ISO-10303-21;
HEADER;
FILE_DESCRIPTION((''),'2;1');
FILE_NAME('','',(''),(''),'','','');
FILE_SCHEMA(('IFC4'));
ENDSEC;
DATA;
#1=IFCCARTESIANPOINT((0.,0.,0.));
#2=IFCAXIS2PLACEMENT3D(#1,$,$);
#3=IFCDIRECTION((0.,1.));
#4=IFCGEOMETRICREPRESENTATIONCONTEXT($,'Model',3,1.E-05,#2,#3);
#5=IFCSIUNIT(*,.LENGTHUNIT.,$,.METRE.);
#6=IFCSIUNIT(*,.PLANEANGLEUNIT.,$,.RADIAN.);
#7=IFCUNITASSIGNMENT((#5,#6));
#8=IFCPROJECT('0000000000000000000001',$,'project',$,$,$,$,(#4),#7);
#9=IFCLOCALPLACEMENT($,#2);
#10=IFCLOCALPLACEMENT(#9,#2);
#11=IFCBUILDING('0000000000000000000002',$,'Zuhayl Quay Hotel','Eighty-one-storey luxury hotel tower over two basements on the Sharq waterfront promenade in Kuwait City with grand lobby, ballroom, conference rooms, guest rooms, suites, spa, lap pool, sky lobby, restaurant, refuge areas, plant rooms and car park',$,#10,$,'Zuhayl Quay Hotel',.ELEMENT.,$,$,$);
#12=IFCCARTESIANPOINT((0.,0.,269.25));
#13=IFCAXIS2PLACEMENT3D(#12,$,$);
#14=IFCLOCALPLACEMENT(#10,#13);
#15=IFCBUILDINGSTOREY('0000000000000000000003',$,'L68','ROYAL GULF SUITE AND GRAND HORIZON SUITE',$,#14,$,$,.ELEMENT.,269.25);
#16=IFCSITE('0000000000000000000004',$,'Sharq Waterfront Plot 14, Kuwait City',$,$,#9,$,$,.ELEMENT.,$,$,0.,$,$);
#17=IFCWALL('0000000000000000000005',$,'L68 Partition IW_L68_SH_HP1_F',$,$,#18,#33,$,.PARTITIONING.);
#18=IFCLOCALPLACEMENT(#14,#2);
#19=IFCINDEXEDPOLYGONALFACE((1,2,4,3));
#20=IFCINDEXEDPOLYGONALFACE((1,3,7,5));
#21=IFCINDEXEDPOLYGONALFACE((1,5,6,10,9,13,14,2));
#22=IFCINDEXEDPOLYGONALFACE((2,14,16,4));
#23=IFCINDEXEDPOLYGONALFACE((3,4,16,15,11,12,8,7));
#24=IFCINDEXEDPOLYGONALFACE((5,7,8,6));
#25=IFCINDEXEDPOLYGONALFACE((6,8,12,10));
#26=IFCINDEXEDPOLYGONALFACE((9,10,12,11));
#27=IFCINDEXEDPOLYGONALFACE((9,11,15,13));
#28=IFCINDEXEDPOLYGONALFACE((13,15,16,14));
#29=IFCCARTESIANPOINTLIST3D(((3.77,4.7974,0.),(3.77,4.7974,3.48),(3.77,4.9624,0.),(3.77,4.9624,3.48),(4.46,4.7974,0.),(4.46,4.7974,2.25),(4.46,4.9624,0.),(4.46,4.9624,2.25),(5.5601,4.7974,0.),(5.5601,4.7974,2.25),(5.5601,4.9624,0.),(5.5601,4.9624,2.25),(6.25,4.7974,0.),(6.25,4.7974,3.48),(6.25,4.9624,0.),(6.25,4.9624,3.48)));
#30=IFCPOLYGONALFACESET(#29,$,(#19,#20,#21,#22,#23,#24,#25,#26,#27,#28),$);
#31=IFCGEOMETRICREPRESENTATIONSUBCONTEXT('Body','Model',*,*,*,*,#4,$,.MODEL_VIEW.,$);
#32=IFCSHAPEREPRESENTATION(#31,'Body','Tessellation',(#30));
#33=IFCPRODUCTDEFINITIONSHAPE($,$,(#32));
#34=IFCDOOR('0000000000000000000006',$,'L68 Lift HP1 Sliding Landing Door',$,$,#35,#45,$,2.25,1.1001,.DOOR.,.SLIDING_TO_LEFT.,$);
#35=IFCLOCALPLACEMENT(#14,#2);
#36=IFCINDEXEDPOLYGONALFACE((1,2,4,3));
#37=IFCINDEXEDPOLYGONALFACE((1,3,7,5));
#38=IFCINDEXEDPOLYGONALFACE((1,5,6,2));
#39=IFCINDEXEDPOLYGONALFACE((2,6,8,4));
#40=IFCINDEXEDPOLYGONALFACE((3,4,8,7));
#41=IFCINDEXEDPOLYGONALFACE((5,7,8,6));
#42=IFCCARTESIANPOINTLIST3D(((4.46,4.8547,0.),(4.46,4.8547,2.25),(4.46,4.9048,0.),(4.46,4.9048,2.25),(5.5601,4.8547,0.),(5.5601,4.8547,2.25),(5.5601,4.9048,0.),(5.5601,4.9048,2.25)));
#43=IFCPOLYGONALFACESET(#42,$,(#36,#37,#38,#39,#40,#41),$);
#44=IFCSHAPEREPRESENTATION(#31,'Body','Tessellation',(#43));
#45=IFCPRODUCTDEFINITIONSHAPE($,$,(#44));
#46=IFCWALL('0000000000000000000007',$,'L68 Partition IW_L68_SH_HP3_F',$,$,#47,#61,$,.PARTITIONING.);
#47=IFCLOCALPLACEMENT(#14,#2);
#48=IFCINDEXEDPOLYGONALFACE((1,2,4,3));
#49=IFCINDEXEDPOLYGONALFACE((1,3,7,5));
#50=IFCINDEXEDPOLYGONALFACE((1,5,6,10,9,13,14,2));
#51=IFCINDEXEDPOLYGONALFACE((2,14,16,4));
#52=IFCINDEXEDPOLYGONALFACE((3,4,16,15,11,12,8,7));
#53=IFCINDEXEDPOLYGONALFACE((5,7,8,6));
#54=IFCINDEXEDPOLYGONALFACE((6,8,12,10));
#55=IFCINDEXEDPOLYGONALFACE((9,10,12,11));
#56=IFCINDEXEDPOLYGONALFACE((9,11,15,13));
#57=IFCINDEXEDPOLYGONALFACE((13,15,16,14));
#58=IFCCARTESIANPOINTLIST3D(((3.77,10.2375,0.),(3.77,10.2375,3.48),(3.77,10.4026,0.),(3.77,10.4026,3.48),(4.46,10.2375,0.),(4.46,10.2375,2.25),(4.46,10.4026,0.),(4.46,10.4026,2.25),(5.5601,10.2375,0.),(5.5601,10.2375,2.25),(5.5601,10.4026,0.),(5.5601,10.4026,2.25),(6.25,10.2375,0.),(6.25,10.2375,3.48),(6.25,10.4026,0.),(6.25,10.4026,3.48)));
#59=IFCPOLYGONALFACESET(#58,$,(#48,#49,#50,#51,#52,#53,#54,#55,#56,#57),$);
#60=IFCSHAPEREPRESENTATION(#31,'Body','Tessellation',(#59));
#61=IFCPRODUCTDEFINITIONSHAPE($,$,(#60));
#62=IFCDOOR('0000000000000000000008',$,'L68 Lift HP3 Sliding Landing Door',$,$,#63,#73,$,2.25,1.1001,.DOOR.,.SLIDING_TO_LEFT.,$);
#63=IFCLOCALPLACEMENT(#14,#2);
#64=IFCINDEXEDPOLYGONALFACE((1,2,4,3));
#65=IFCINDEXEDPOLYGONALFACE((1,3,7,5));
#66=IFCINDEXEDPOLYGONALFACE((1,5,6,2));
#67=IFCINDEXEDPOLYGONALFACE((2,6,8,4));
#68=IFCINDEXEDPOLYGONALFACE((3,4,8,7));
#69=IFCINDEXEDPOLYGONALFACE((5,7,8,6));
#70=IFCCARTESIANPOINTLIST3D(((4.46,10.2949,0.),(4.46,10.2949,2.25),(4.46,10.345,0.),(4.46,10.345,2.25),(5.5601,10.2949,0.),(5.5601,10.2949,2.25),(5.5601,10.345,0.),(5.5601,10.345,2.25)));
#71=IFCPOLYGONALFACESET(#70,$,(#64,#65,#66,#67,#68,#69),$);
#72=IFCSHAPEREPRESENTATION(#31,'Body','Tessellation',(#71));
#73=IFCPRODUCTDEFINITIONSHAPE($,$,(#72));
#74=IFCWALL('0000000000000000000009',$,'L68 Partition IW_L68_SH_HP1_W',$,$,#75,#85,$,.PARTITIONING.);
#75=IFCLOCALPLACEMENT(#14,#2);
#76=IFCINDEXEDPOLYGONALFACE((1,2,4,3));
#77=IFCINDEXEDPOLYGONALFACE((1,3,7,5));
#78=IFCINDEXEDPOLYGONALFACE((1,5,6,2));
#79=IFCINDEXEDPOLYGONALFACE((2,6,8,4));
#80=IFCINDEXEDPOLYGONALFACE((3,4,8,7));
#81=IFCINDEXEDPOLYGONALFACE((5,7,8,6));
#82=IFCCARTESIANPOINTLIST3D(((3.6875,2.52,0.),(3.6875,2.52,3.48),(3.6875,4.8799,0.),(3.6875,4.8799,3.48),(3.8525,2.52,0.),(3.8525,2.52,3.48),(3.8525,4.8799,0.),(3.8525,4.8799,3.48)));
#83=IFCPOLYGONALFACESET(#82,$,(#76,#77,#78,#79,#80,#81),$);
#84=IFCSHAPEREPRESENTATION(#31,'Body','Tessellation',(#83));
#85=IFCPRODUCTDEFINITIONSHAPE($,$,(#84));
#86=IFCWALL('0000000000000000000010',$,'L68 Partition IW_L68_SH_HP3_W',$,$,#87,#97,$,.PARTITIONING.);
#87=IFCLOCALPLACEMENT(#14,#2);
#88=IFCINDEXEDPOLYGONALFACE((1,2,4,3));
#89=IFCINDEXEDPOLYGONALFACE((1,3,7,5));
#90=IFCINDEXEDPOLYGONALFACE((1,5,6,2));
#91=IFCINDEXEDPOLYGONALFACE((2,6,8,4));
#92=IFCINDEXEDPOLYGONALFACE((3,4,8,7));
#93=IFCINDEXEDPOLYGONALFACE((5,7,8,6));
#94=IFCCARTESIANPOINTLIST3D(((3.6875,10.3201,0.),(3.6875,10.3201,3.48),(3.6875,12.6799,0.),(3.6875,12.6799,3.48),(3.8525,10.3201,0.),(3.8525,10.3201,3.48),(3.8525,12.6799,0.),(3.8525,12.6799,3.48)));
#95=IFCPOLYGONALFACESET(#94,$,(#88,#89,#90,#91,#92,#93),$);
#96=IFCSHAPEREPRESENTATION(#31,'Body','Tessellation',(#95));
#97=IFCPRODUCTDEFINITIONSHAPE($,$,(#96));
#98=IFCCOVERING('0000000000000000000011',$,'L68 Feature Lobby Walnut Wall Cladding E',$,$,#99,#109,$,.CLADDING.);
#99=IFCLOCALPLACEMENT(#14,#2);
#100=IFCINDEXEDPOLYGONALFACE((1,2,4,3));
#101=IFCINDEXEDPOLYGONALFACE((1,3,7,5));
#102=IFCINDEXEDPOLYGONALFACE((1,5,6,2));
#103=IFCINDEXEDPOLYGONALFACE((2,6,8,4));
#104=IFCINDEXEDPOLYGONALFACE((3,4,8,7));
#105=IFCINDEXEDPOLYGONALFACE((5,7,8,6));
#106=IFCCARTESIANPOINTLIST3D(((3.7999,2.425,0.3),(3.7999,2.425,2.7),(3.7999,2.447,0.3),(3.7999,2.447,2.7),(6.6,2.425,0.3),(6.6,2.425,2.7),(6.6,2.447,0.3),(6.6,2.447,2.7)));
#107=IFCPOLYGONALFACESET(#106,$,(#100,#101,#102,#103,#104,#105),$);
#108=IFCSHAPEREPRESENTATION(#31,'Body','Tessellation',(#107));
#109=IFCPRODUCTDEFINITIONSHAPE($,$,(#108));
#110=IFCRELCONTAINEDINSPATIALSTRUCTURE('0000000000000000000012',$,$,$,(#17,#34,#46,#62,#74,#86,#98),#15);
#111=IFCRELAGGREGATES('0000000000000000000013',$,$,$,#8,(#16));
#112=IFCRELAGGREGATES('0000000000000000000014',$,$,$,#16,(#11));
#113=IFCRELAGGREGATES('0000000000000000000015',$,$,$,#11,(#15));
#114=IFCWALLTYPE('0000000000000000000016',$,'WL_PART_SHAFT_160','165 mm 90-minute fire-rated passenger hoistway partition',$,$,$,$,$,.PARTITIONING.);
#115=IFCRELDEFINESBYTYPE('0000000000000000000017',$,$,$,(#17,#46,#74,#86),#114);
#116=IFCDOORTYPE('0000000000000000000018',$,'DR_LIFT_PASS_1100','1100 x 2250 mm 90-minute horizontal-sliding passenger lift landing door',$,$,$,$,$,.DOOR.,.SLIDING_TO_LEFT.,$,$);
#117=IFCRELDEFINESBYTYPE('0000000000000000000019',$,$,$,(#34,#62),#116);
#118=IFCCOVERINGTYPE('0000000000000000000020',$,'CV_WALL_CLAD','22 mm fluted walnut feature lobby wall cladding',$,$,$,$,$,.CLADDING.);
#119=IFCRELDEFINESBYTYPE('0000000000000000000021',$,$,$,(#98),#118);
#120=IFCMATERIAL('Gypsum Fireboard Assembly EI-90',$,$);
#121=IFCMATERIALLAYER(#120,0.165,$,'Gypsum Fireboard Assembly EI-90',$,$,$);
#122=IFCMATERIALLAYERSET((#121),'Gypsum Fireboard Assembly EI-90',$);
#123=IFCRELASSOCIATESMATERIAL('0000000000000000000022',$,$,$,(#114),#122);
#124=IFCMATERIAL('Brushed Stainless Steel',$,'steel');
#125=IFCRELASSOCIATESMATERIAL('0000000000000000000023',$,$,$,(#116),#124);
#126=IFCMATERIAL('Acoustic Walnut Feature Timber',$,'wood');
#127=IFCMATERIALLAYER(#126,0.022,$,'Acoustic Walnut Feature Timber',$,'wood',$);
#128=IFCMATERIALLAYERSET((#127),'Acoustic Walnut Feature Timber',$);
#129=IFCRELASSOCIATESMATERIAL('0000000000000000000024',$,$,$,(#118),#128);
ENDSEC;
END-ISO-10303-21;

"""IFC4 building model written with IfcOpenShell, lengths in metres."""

from ifc_helpers import new_model, si_unit, direction, frame, frame_2d, origin, origin_2d, place, context, subcontext, project, spatial, rectangle, extrude, material, layer, layer_set, type_object, element, fill, save


model = new_model("IFC4")

# Units and contexts
model_context = context("Model", 3, precision=1e-05, world=origin(), true_north=direction((0.0, 1.0)))
body_context = subcontext(model_context, "Body", "Model", "MODEL_VIEW")
ifc_project = project(units=[si_unit("LENGTHUNIT", "METRE"), si_unit("PLANEANGLEUNIT", "RADIAN")], contexts=[model_context])

# Site, building, storey
site_placement = place(None, origin())
site = spatial("IfcSite", under=ifc_project, at=site_placement, Name="Sharq Waterfront Plot 14, Kuwait City", CompositionType="ELEMENT", RefElevation=0.0)
building_placement = place(site_placement, origin())
building = spatial("IfcBuilding", under=site, at=building_placement, Name="Zuhayl Quay Hotel", Description="Eighty-one-storey luxury hotel tower over two basements on the Sharq waterfront promenade in Kuwait City with grand lobby, ballroom, conference rooms, guest rooms, suites, spa, lap pool, sky lobby, restaurant, refuge areas, plant rooms and car park", LongName="Zuhayl Quay Hotel", CompositionType="ELEMENT")
storey_placement = place(building_placement, frame((0.0, 0.0, 269.25)))
storey = spatial("IfcBuildingStorey", under=building, at=storey_placement, Name="L68", Description="ROYAL GULF SUITE AND GRAND HORIZON SUITE", CompositionType="ELEMENT", Elevation=269.25)

# Walls, openings, doors
ifc_material_1 = material(Name="Gypsum Fireboard Assembly EI-90")
ifc_layer_1 = layer(ifc_material_1, 0.165, Name="Gypsum Fireboard Assembly EI-90")
ifc_layer_set_1 = layer_set([ifc_layer_1], Name="Gypsum Fireboard Assembly EI-90")
wall_type_1 = type_object("IfcWallType", Name="WL_PART_SHAFT_160", Description="165 mm 90-minute fire-rated passenger hoistway partition", PredefinedType="PARTITIONING", material=ifc_layer_set_1)
wall_1_placement = place(storey_placement, frame((3.77, 4.8799, 0.0), z_axis=(0.0, 0.0, 1.0), x_axis=(1.0, 0.0, 0.0)))
wall_1 = element("IfcWall", 1, at=wall_1_placement, inside=storey, type_object=wall_type_1, Name="L68 Partition IW_L68_SH_HP1_F", PredefinedType="PARTITIONING", context=body_context, shape_type="SweptSolid", body=[
    extrude(rectangle(XDim=2.48, YDim=0.165, at=frame_2d((1.24, 0.0))), origin(), (0.0, 0.0, 1.0), 3.48),
])
opening_1_placement = place(wall_1_placement, frame((0.6899, 0.0, 0.0)))
opening_1 = element("IfcOpeningElement", 2, at=opening_1_placement, cuts=wall_1, PredefinedType="OPENING", context=body_context, shape_type="SweptSolid", body=[
    extrude(rectangle(XDim=1.1001, YDim=2.25, at=frame_2d((0.55, 1.125))), frame((0.0, 0.0925, 0.0), z_axis=(0.0, -1.0, 0.0), x_axis=(1.0, 0.0, 0.0)), (0.0, 0.0, 1.0), 0.1851),
])
ifc_material_2 = material(Name="Brushed Stainless Steel", Category="steel")
door_type_1 = type_object("IfcDoorType", Name="DR_LIFT_PASS_1100", Description="1100 x 2250 mm 90-minute horizontal-sliding passenger lift landing door", OperationType="SLIDING_TO_LEFT", PredefinedType="DOOR", material=ifc_material_2)
door_1_placement = place(opening_1_placement, origin())
door_1 = element("IfcDoor", 3, at=door_1_placement, inside=storey, type_object=door_type_1, Name="L68 Lift HP1 Sliding Landing Door", OperationType="SLIDING_TO_LEFT", OverallHeight=2.25, OverallWidth=1.1001, PredefinedType="DOOR", context=body_context, shape_type="SweptSolid", body=[
    extrude(rectangle(XDim=1.1001, YDim=2.25, at=frame_2d((0.55, 1.125))), frame((0.0, 0.0249, 0.0), z_axis=(0.0, -1.0, 0.0), x_axis=(1.0, 0.0, 0.0)), (0.0, 0.0, 1.0), 0.05),
])
fill(opening_1, door_1)
wall_2_placement = place(storey_placement, frame((3.77, 10.3201, 0.0), z_axis=(0.0, 0.0, 1.0), x_axis=(1.0, 0.0, 0.0)))
wall_2 = element("IfcWall", 4, at=wall_2_placement, inside=storey, type_object=wall_type_1, Name="L68 Partition IW_L68_SH_HP3_F", PredefinedType="PARTITIONING", context=body_context, shape_type="SweptSolid", body=[
    extrude(rectangle(XDim=2.48, YDim=0.165, at=frame_2d((1.24, 0.0))), origin(), (0.0, 0.0, 1.0), 3.48),
])
opening_2_placement = place(wall_2_placement, frame((0.6899, 0.0, 0.0)))
opening_2 = element("IfcOpeningElement", 5, at=opening_2_placement, cuts=wall_2, PredefinedType="OPENING", context=body_context, shape_type="SweptSolid", body=[
    extrude(rectangle(XDim=1.1001, YDim=2.25, at=frame_2d((0.55, 1.125))), frame((0.0, 0.0925, 0.0), z_axis=(0.0, -1.0, 0.0), x_axis=(1.0, 0.0, 0.0)), (0.0, 0.0, 1.0), 0.1851),
])
door_2_placement = place(opening_2_placement, origin())
door_2 = element("IfcDoor", 6, at=door_2_placement, inside=storey, type_object=door_type_1, Name="L68 Lift HP3 Sliding Landing Door", OperationType="SLIDING_TO_LEFT", OverallHeight=2.25, OverallWidth=1.1001, PredefinedType="DOOR", context=body_context, shape_type="SweptSolid", body=[
    extrude(rectangle(XDim=1.1001, YDim=2.25, at=frame_2d((0.55, 1.125))), frame((0.0, 0.0249, 0.0), z_axis=(0.0, -1.0, 0.0), x_axis=(1.0, 0.0, 0.0)), (0.0, 0.0, 1.0), 0.05),
])
fill(opening_2, door_2)

# Walls
for number, where, z_axis, x_axis, name in (
    (7, (3.77, 2.52, 0.0), (0.0, 0.0, 1.0), (0.0, 1.0, 0.0), "L68 Partition IW_L68_SH_HP1_W"),
    (8, (3.77, 10.3201, 0.0), (0.0, 0.0, 1.0), (0.0, 1.0, 0.0), "L68 Partition IW_L68_SH_HP3_W"),
):
    element("IfcWall", number, at=place(storey_placement, frame(where, z_axis=z_axis, x_axis=x_axis)), inside=storey, type_object=wall_type_1, Name=name, PredefinedType="PARTITIONING", context=body_context, shape_type="SweptSolid", body=[
        extrude(rectangle(XDim=2.3599, YDim=0.165, at=frame_2d((1.1799, 0.0))), origin(), (0.0, 0.0, 1.0), 3.48),
    ])

# Covering
ifc_material_3 = material(Name="Acoustic Walnut Feature Timber", Category="wood")
ifc_layer_2 = layer(ifc_material_3, 0.022, Name="Acoustic Walnut Feature Timber", Category="wood")
ifc_layer_set_2 = layer_set([ifc_layer_2], Name="Acoustic Walnut Feature Timber")
covering_type = type_object("IfcCoveringType", Name="CV_WALL_CLAD", Description="22 mm fluted walnut feature lobby wall cladding", PredefinedType="CLADDING", material=ifc_layer_set_2)
covering_placement = place(storey_placement, frame((5.2, 2.436, 0.3), z_axis=(0.0, 0.0, 1.0), x_axis=(1.0, 0.0, 0.0)))
element("IfcCovering", 9, at=covering_placement, inside=storey, type_object=covering_type, Name="L68 Feature Lobby Walnut Wall Cladding E", PredefinedType="CLADDING", context=body_context, shape_type="SweptSolid", body=[
    extrude(rectangle(XDim=2.8, YDim=0.022, at=origin_2d()), origin(), (0.0, 0.0, 1.0), 2.3999),
])

save(model, "model.ifc")
